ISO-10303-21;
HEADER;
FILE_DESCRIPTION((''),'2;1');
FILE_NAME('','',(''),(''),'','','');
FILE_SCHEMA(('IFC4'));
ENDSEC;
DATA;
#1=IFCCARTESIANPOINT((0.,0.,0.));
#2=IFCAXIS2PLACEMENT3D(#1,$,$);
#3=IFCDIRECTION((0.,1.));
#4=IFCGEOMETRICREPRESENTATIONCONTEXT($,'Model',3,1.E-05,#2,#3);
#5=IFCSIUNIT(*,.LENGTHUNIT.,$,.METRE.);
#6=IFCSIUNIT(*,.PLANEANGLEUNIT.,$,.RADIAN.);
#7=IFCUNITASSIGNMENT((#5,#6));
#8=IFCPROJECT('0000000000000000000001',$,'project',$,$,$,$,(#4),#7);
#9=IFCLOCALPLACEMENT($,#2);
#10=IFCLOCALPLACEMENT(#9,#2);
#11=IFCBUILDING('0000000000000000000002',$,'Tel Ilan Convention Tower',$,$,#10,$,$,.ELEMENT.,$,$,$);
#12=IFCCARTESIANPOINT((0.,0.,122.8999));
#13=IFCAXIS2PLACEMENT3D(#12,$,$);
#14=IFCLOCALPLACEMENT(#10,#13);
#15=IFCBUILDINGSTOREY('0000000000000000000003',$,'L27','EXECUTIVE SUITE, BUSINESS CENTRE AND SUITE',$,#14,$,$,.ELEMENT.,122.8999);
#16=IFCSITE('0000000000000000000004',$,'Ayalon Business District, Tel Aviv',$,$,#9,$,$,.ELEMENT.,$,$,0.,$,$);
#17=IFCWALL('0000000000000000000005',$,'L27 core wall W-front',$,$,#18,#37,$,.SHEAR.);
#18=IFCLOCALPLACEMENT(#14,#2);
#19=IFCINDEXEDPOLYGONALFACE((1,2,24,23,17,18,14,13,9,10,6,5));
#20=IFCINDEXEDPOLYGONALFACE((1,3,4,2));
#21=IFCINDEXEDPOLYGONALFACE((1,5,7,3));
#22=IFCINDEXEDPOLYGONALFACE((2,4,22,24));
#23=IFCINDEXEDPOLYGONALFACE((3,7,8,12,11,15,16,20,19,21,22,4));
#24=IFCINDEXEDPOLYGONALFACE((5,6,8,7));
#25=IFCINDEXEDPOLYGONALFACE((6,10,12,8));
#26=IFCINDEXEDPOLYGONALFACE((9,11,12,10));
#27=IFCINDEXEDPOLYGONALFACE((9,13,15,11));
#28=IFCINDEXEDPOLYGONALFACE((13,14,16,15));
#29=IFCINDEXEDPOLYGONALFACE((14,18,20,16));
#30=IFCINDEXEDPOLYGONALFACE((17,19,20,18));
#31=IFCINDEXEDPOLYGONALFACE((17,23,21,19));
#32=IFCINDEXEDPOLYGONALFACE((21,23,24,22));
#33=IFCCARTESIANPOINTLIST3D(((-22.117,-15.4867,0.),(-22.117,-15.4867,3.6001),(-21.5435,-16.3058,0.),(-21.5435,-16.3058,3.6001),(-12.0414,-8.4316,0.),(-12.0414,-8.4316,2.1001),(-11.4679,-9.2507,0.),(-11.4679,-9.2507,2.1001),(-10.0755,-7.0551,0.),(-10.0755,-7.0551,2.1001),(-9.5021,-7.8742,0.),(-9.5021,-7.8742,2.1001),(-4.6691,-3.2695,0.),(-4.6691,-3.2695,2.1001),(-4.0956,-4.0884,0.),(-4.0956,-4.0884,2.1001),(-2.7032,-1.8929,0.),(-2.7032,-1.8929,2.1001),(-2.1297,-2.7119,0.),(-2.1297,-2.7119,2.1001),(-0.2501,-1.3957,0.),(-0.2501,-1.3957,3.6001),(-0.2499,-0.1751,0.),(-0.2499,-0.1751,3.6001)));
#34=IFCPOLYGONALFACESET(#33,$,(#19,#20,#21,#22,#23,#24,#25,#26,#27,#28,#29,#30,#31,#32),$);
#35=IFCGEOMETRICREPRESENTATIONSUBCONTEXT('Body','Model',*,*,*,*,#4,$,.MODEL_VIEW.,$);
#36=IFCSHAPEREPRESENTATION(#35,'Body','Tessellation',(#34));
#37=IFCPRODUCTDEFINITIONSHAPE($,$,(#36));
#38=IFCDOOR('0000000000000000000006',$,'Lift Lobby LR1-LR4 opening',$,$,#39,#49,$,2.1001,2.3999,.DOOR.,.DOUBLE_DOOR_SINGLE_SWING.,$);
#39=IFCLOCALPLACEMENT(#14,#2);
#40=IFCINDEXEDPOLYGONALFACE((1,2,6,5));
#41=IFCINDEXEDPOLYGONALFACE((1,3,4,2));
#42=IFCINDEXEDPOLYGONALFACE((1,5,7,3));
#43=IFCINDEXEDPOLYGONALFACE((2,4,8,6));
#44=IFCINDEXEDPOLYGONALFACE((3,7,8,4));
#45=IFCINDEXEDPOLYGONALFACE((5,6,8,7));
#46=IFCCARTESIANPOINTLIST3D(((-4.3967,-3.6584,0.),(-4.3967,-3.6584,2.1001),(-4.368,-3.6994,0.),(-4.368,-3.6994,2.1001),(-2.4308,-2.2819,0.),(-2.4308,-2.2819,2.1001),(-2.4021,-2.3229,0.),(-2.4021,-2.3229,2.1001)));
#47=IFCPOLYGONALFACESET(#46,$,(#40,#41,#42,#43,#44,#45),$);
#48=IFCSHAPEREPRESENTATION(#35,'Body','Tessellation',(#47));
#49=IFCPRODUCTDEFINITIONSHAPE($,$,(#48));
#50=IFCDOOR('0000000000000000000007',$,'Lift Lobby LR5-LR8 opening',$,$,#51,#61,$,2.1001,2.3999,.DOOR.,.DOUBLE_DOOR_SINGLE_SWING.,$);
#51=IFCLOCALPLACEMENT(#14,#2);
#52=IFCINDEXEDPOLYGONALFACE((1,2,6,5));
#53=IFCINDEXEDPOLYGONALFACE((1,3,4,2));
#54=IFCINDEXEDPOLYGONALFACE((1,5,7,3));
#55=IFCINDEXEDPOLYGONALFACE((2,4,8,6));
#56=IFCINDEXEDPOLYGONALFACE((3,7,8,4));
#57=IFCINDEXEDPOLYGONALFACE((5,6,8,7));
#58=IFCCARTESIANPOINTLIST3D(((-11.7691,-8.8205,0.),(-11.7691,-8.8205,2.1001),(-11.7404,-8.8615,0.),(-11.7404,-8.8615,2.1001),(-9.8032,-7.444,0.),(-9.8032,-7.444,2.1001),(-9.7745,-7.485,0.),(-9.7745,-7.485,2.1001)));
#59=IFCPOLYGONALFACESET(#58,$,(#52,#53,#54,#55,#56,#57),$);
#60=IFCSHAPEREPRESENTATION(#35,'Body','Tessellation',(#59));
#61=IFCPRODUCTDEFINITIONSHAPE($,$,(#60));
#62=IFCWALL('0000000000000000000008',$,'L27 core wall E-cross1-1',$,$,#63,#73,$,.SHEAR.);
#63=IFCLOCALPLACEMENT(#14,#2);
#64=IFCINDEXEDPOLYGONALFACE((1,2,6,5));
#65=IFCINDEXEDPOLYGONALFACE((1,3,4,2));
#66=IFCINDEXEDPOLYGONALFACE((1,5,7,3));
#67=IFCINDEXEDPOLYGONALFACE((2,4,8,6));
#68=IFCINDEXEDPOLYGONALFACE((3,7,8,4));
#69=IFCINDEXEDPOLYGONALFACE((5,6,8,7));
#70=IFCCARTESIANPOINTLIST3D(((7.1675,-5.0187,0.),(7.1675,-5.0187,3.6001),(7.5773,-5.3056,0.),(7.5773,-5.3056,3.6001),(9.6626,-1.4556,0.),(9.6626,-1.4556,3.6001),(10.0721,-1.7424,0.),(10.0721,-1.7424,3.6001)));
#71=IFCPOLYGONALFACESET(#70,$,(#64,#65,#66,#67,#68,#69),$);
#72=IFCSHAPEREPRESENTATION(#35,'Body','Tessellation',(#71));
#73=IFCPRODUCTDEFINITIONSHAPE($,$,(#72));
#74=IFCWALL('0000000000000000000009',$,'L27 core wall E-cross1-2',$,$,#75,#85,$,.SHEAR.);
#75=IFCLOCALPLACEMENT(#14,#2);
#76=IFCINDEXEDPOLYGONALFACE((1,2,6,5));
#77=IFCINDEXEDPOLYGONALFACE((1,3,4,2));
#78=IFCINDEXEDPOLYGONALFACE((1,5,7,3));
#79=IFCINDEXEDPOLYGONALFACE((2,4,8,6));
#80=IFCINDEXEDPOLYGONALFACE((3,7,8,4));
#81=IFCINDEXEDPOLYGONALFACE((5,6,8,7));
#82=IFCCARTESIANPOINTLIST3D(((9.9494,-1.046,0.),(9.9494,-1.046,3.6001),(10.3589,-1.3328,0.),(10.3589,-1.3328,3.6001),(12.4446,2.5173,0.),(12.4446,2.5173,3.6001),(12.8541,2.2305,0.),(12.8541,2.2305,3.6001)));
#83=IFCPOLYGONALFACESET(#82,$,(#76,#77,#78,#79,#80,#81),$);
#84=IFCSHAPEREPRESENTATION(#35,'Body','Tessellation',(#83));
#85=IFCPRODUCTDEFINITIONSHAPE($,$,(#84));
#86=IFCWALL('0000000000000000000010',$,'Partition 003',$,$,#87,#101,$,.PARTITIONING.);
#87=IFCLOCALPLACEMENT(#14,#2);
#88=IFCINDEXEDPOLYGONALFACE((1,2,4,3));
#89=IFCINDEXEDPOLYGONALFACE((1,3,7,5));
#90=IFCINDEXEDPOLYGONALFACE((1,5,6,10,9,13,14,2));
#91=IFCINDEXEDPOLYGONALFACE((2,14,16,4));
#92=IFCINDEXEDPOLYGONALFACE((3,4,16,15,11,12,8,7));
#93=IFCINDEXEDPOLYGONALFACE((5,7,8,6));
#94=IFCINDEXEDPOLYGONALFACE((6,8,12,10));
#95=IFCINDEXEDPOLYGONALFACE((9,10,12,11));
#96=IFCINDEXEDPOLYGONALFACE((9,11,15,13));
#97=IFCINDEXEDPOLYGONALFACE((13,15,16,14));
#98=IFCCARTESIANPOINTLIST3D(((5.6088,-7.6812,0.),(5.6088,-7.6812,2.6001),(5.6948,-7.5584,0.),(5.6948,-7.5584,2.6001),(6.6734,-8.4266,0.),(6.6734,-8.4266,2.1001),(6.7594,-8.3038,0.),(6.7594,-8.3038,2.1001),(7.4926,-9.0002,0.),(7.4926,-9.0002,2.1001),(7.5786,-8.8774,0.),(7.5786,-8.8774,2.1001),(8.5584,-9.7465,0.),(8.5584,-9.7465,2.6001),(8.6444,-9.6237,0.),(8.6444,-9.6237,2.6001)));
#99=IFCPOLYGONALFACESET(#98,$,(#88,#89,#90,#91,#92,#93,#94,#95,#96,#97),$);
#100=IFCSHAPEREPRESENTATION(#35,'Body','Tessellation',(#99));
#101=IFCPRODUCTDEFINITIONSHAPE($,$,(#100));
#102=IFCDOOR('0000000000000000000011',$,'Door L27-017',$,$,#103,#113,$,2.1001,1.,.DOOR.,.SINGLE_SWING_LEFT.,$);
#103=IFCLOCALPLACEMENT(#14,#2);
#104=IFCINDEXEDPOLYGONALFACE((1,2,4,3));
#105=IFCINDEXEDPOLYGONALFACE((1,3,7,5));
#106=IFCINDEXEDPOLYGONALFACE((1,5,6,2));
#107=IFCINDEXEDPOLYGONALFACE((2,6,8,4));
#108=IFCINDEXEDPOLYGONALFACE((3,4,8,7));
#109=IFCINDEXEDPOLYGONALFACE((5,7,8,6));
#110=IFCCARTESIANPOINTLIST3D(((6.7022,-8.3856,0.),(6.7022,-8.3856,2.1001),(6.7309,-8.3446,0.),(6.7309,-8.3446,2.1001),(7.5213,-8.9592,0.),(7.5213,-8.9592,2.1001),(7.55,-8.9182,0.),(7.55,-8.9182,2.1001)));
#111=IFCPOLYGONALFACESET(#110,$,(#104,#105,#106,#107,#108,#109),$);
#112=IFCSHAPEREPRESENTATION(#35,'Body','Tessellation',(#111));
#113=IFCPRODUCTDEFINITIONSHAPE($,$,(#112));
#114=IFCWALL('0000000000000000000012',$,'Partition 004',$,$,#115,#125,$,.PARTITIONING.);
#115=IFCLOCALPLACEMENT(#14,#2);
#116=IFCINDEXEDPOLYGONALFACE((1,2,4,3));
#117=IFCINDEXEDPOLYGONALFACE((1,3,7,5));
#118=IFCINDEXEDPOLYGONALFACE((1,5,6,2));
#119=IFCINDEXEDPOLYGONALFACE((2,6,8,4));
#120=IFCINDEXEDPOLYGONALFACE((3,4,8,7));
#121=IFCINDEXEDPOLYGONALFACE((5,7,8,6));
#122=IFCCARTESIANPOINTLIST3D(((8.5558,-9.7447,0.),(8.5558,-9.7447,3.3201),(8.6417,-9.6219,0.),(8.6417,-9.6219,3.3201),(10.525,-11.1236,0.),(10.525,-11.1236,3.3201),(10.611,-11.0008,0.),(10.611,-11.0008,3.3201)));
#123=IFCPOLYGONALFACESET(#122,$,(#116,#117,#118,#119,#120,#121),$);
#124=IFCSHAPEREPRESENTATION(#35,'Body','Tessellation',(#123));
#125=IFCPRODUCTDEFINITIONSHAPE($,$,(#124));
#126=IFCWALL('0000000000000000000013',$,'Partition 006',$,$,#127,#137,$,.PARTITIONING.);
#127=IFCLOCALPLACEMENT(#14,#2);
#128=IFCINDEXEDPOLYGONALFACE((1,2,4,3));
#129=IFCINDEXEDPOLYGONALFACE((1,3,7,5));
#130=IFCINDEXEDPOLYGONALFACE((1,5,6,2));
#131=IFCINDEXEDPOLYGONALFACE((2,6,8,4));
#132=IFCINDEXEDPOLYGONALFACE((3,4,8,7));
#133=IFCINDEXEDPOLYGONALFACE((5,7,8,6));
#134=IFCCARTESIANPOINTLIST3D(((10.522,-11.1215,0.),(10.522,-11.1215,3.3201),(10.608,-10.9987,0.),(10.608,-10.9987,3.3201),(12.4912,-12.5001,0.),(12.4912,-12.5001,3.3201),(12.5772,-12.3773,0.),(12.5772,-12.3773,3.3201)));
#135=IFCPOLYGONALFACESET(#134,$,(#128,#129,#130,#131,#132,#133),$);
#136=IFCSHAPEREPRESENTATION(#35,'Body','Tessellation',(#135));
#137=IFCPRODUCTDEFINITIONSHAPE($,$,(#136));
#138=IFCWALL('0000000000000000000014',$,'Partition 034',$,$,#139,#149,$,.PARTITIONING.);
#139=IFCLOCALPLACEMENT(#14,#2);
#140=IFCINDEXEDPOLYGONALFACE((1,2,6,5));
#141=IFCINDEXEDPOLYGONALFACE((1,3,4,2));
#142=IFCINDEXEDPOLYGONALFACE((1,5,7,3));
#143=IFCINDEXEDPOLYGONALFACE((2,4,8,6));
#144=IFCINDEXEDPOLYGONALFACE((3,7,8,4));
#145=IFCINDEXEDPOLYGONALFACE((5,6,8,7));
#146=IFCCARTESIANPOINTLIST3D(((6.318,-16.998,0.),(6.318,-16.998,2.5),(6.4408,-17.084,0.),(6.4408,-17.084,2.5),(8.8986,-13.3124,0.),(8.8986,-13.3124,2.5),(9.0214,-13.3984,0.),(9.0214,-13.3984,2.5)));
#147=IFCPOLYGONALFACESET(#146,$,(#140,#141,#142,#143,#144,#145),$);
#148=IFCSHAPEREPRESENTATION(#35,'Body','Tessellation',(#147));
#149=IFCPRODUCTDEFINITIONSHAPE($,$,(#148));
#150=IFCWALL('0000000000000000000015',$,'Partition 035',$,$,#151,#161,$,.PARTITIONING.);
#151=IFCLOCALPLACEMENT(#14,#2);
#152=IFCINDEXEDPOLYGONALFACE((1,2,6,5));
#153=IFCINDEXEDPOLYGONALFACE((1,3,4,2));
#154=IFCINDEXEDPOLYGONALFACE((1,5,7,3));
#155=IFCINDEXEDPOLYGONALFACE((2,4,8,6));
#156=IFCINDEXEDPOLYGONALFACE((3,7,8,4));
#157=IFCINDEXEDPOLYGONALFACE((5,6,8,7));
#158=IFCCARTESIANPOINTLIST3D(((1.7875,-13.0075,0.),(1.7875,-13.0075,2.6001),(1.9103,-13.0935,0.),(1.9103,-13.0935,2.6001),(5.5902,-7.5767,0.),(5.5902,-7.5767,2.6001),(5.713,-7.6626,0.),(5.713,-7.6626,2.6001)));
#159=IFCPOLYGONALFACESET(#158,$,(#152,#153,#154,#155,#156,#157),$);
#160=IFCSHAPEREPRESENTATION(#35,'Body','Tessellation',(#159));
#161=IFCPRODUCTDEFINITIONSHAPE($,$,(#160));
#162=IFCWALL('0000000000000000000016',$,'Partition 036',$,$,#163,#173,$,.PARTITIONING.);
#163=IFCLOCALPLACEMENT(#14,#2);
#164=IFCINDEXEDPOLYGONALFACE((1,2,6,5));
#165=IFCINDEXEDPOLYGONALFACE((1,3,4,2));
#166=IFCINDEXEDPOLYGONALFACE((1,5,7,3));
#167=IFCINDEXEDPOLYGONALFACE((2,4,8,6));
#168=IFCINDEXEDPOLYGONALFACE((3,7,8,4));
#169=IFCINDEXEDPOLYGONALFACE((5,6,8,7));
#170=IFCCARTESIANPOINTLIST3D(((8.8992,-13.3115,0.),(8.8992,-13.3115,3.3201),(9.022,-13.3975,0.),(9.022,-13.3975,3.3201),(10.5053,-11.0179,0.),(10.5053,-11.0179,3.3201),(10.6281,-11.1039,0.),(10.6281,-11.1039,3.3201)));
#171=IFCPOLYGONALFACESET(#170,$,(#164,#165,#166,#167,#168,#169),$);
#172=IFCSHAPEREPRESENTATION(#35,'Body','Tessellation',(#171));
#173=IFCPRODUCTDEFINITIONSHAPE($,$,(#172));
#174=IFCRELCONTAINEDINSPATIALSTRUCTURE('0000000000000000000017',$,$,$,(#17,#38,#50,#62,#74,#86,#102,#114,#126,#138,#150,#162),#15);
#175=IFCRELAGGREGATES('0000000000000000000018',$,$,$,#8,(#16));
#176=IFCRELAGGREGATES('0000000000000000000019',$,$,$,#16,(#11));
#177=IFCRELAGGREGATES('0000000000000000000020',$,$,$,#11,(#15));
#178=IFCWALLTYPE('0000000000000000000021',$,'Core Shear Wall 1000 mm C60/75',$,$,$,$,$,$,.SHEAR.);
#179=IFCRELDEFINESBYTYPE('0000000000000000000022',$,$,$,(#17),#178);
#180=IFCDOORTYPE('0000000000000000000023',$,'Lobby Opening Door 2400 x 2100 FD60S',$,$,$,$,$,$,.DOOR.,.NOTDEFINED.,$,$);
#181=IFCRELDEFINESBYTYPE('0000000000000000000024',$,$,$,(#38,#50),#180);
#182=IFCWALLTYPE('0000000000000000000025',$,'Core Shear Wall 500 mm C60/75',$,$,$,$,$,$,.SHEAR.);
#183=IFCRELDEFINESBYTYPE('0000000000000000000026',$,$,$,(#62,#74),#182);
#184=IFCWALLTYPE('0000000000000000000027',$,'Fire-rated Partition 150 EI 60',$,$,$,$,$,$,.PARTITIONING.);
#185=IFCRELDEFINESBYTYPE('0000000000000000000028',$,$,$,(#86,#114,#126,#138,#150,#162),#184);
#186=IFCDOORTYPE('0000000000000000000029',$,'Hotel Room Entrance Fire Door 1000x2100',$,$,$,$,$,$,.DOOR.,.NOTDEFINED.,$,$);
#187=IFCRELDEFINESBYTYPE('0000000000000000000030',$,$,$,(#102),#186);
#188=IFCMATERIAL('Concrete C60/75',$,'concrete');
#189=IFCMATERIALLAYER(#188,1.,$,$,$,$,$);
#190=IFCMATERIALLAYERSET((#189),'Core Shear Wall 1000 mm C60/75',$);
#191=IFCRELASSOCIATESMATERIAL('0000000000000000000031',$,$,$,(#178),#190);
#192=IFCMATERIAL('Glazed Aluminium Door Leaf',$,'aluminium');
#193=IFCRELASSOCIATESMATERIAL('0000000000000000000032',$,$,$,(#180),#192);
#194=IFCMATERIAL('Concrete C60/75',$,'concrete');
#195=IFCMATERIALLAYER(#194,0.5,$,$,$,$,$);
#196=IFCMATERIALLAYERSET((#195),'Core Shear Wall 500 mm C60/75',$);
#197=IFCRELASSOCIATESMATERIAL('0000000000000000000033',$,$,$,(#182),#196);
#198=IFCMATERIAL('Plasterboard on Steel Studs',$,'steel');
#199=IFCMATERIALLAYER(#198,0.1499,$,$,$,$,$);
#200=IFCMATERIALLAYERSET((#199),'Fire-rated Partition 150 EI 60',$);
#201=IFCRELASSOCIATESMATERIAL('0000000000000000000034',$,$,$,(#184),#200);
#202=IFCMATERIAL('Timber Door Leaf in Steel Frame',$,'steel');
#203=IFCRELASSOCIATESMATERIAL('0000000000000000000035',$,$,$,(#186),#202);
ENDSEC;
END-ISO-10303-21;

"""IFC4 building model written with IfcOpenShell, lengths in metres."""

from ifc_helpers import new_model, si_unit, direction, frame, frame_2d, origin, place, context, subcontext, project, spatial, polyline, rectangle, outline, extrude, material, layer, layer_set, type_object, element, fill, save


model = new_model("IFC4")

# Units and contexts
model_context = context("Model", 3, precision=1e-05, world=origin(), true_north=direction((0.0, 1.0)))
body_context = subcontext(model_context, "Body", "Model", "MODEL_VIEW")
ifc_project = project(units=[si_unit("LENGTHUNIT", "METRE"), si_unit("PLANEANGLEUNIT", "RADIAN")], contexts=[model_context])

# Site, building, storey
site_placement = place(None, origin())
site = spatial("IfcSite", under=ifc_project, at=site_placement, Name="Ayalon Business District, Tel Aviv", CompositionType="ELEMENT", RefElevation=0.0)
building_placement = place(site_placement, origin())
building = spatial("IfcBuilding", under=site, at=building_placement, Name="Tel Ilan Convention Tower", CompositionType="ELEMENT")
storey_placement = place(building_placement, frame((0.0, 0.0, 122.8999)))
storey = spatial("IfcBuildingStorey", under=building, at=storey_placement, Name="L27", Description="EXECUTIVE SUITE, BUSINESS CENTRE AND SUITE", CompositionType="ELEMENT", Elevation=122.8999)

# Wall, openings, doors
ifc_material_1 = material(Name="Concrete C60/75", Category="concrete")
ifc_layer_1 = layer(ifc_material_1, 1.0)
ifc_layer_set_1 = layer_set([ifc_layer_1], Name="Core Shear Wall 1000 mm C60/75")
wall_type_1 = type_object("IfcWallType", Name="Core Shear Wall 1000 mm C60/75", PredefinedType="SHEAR", material=ifc_layer_set_1)
wall_1_placement = place(storey_placement, frame((0.0369, -0.5847, 0.0), z_axis=(0.0, 0.0, 1.0), x_axis=(-0.819157, -0.573569, 0.0)))
wall_1 = element("IfcWall", 1, at=wall_1_placement, inside=storey, type_object=wall_type_1, Name="L27 core wall W-front", PredefinedType="SHEAR", context=body_context, shape_type="SweptSolid", body=[
    extrude(outline(polyline([(26.6948, 0.5002), (0.7002, 0.4998), (0.0, -0.5), (26.6948, -0.4998), (26.6948, 0.5002)])), origin(), (0.0, 0.0, 1.0), 3.6001),
])
opening_1_placement = place(wall_1_placement, frame((2.9949, 0.0, 0.0)))
opening_1 = element("IfcOpeningElement", 2, at=opening_1_placement, cuts=wall_1, PredefinedType="OPENING", context=body_context, shape_type="SweptSolid", body=[
    extrude(rectangle(XDim=2.3999, YDim=2.1001, at=frame_2d((1.2, 1.05))), frame((0.0, 0.51, 0.0), z_axis=(0.0, -1.0, 0.0), x_axis=(1.0, 0.0, 0.0)), (0.0, 0.0, 1.0), 1.02),
])
opening_2_placement = place(wall_1_placement, frame((11.9949, 0.0, 0.0)))
opening_2 = element("IfcOpeningElement", 3, at=opening_2_placement, cuts=wall_1, PredefinedType="OPENING", context=body_context, shape_type="SweptSolid", body=[
    extrude(rectangle(XDim=2.3999, YDim=2.1001, at=frame_2d((1.2, 1.05))), frame((0.0, 0.51, 0.0), z_axis=(0.0, -1.0, 0.0), x_axis=(1.0, 0.0, 0.0)), (0.0, 0.0, 1.0), 1.02),
])
ifc_material_2 = material(Name="Glazed Aluminium Door Leaf", Category="aluminium")
door_type_1 = type_object("IfcDoorType", Name="Lobby Opening Door 2400 x 2100 FD60S", OperationType="NOTDEFINED", PredefinedType="DOOR", material=ifc_material_2)
door_1_placement = place(opening_1_placement, origin())
door_1 = element("IfcDoor", 4, at=door_1_placement, inside=storey, type_object=door_type_1, Name="Lift Lobby LR1-LR4 opening", OperationType="DOUBLE_DOOR_SINGLE_SWING", OverallHeight=2.1001, OverallWidth=2.3999, PredefinedType="DOOR", context=body_context, shape_type="SweptSolid", body=[
    extrude(rectangle(XDim=2.3999, YDim=2.1001, at=frame_2d((1.2, 1.05))), frame((0.0, 0.0249, 0.0), z_axis=(0.0, -1.0, 0.0), x_axis=(1.0, 0.0, 0.0)), (0.0, 0.0, 1.0), 0.05),
])
fill(opening_1, door_1)
door_2_placement = place(opening_2_placement, origin())
door_2 = element("IfcDoor", 5, at=door_2_placement, inside=storey, type_object=door_type_1, Name="Lift Lobby LR5-LR8 opening", OperationType="DOUBLE_DOOR_SINGLE_SWING", OverallHeight=2.1001, OverallWidth=2.3999, PredefinedType="DOOR", context=body_context, shape_type="SweptSolid", body=[
    extrude(rectangle(XDim=2.3999, YDim=2.1001, at=frame_2d((1.2, 1.05))), frame((0.0, 0.0249, 0.0), z_axis=(0.0, -1.0, 0.0), x_axis=(1.0, 0.0, 0.0)), (0.0, 0.0, 1.0), 0.05),
])
fill(opening_2, door_2)

# Walls
ifc_material_3 = material(Name="Concrete C60/75", Category="concrete")
ifc_layer_2 = layer(ifc_material_3, 0.5)
ifc_layer_set_2 = layer_set([ifc_layer_2], Name="Core Shear Wall 500 mm C60/75")
wall_type_2 = type_object("IfcWallType", Name="Core Shear Wall 500 mm C60/75", PredefinedType="SHEAR", material=ifc_layer_set_2)
wall_2_placement = place(storey_placement, frame((7.3723, -5.1621, 0.0), z_axis=(0.0, 0.0, 1.0), x_axis=(0.573594, 0.81914, 0.0)))
element("IfcWall", 6, at=wall_2_placement, inside=storey, type_object=wall_type_2, Name="L27 core wall E-cross1-1", PredefinedType="SHEAR", context=body_context, shape_type="SweptSolid", body=[
    extrude(outline(polyline([(0.0, 0.25), (0.0, -0.2502), (4.3499, -0.25), (4.3499, 0.25), (0.0, 0.25)])), origin(), (0.0, 0.0, 1.0), 3.6001),
])
wall_3_placement = place(storey_placement, frame((10.1543, -1.1892, 0.0), z_axis=(0.0, 0.0, 1.0), x_axis=(0.573594, 0.81914, 0.0)))
element("IfcWall", 7, at=wall_3_placement, inside=storey, type_object=wall_type_2, Name="L27 core wall E-cross1-2", PredefinedType="SHEAR", context=body_context, shape_type="SweptSolid", body=[
    extrude(outline(polyline([(4.3499, -0.25), (4.3499, 0.25), (-0.0002, 0.25), (-0.0002, -0.25), (4.3499, -0.25)])), origin(), (0.0, 0.0, 1.0), 3.6001),
])

# Wall, opening, door
ifc_material_4 = material(Name="Plasterboard on Steel Studs", Category="steel")
ifc_layer_3 = layer(ifc_material_4, 0.1499)
ifc_layer_set_3 = layer_set([ifc_layer_3], Name="Fire-rated Partition 150 EI 60")
wall_type_3 = type_object("IfcWallType", Name="Fire-rated Partition 150 EI 60", PredefinedType="PARTITIONING", material=ifc_layer_set_3)
wall_4_placement = place(storey_placement, frame((8.6013, -9.6851, 0.0), z_axis=(0.0, 0.0, 1.0), x_axis=(-0.819149, 0.573581, 0.0)))
wall_4 = element("IfcWall", 8, at=wall_4_placement, inside=storey, type_object=wall_type_3, Name="Partition 003", PredefinedType="PARTITIONING", context=body_context, shape_type="SweptSolid", body=[
    extrude(rectangle(XDim=3.6008, YDim=0.1499, at=frame_2d((1.8003, 0.0))), origin(), (0.0, 0.0, 1.0), 2.6001),
])
opening_3_placement = place(wall_4_placement, frame((1.301, 0.0, 0.0)))
opening_3 = element("IfcOpeningElement", 9, at=opening_3_placement, cuts=wall_4, PredefinedType="OPENING", context=body_context, shape_type="SweptSolid", body=[
    extrude(rectangle(XDim=1.0, YDim=2.1001, at=frame_2d((0.5, 1.05))), frame((0.0, 0.085, 0.0), z_axis=(0.0, -1.0, 0.0), x_axis=(1.0, 0.0, 0.0)), (0.0, 0.0, 1.0), 0.1699),
])
ifc_material_5 = material(Name="Timber Door Leaf in Steel Frame", Category="steel")
door_type_2 = type_object("IfcDoorType", Name="Hotel Room Entrance Fire Door 1000x2100", OperationType="NOTDEFINED", PredefinedType="DOOR", material=ifc_material_5)
door_3_placement = place(opening_3_placement, origin())
door_3 = element("IfcDoor", 10, at=door_3_placement, inside=storey, type_object=door_type_2, Name="Door L27-017", OperationType="SINGLE_SWING_LEFT", OverallHeight=2.1001, OverallWidth=1.0, PredefinedType="DOOR", context=body_context, shape_type="SweptSolid", body=[
    extrude(rectangle(XDim=1.0, YDim=2.1001, at=frame_2d((0.5, 1.05))), frame((0.0, 0.0249, 0.0), z_axis=(0.0, -1.0, 0.0), x_axis=(1.0, 0.0, 0.0)), (0.0, 0.0, 1.0), 0.05),
])
fill(opening_3, door_3)

# Walls
wall_5_placement = place(storey_placement, frame((10.5681, -11.0623, 0.0), z_axis=(0.0, 0.0, 1.0), x_axis=(-0.819146, 0.573585, 0.0)))
element("IfcWall", 11, at=wall_5_placement, inside=storey, type_object=wall_type_3, Name="Partition 004", PredefinedType="PARTITIONING", context=body_context, shape_type="SweptSolid", body=[
    extrude(rectangle(XDim=2.4041, YDim=0.1499, at=frame_2d((1.2021, 0.0))), origin(), (0.0, 0.0, 1.0), 3.3201),
])
wall_6_placement = place(storey_placement, frame((12.5342, -12.4387, 0.0), z_axis=(0.0, 0.0, 1.0), x_axis=(-0.819194, 0.573517, 0.0)))
element("IfcWall", 12, at=wall_6_placement, inside=storey, type_object=wall_type_3, Name="Partition 006", PredefinedType="PARTITIONING", context=body_context, shape_type="SweptSolid", body=[
    extrude(rectangle(XDim=2.4038, YDim=0.1499, at=frame_2d((1.2019, 0.0))), origin(), (0.0, 0.0, 1.0), 3.3201),
])
wall_7_placement = place(storey_placement, frame((8.96, -13.3555, 0.0), z_axis=(0.0, 0.0, 1.0), x_axis=(-0.573564, -0.819161, 0.0)))
element("IfcWall", 13, at=wall_7_placement, inside=storey, type_object=wall_type_3, Name="Partition 034", PredefinedType="PARTITIONING", context=body_context, shape_type="SweptSolid", body=[
    extrude(rectangle(XDim=4.4993, YDim=0.1499, at=frame_2d((2.2495, 0.0))), origin(), (0.0, 0.0, 1.0), 2.5),
])
wall_8_placement = place(storey_placement, frame((1.8489, -13.0505, 0.0), z_axis=(0.0, 0.0, 1.0), x_axis=(0.573574, 0.819154, 0.0)))
element("IfcWall", 14, at=wall_8_placement, inside=storey, type_object=wall_type_3, Name="Partition 035", PredefinedType="PARTITIONING", context=body_context, shape_type="SweptSolid", body=[
    extrude(rectangle(XDim=6.6299, YDim=0.1499, at=frame_2d((3.3149, 0.0))), origin(), (0.0, 0.0, 1.0), 2.6001),
])
wall_9_placement = place(storey_placement, frame((10.5667, -11.061, 0.0), z_axis=(0.0, 0.0, 1.0), x_axis=(-0.573609, -0.81913, 0.0)))
element("IfcWall", 15, at=wall_9_placement, inside=storey, type_object=wall_type_3, Name="Partition 036", PredefinedType="PARTITIONING", context=body_context, shape_type="SweptSolid", body=[
    extrude(rectangle(XDim=2.8, YDim=0.1499, at=frame_2d((1.3999, 0.0))), origin(), (0.0, 0.0, 1.0), 3.3201),
])

save(model, "model.ifc")
